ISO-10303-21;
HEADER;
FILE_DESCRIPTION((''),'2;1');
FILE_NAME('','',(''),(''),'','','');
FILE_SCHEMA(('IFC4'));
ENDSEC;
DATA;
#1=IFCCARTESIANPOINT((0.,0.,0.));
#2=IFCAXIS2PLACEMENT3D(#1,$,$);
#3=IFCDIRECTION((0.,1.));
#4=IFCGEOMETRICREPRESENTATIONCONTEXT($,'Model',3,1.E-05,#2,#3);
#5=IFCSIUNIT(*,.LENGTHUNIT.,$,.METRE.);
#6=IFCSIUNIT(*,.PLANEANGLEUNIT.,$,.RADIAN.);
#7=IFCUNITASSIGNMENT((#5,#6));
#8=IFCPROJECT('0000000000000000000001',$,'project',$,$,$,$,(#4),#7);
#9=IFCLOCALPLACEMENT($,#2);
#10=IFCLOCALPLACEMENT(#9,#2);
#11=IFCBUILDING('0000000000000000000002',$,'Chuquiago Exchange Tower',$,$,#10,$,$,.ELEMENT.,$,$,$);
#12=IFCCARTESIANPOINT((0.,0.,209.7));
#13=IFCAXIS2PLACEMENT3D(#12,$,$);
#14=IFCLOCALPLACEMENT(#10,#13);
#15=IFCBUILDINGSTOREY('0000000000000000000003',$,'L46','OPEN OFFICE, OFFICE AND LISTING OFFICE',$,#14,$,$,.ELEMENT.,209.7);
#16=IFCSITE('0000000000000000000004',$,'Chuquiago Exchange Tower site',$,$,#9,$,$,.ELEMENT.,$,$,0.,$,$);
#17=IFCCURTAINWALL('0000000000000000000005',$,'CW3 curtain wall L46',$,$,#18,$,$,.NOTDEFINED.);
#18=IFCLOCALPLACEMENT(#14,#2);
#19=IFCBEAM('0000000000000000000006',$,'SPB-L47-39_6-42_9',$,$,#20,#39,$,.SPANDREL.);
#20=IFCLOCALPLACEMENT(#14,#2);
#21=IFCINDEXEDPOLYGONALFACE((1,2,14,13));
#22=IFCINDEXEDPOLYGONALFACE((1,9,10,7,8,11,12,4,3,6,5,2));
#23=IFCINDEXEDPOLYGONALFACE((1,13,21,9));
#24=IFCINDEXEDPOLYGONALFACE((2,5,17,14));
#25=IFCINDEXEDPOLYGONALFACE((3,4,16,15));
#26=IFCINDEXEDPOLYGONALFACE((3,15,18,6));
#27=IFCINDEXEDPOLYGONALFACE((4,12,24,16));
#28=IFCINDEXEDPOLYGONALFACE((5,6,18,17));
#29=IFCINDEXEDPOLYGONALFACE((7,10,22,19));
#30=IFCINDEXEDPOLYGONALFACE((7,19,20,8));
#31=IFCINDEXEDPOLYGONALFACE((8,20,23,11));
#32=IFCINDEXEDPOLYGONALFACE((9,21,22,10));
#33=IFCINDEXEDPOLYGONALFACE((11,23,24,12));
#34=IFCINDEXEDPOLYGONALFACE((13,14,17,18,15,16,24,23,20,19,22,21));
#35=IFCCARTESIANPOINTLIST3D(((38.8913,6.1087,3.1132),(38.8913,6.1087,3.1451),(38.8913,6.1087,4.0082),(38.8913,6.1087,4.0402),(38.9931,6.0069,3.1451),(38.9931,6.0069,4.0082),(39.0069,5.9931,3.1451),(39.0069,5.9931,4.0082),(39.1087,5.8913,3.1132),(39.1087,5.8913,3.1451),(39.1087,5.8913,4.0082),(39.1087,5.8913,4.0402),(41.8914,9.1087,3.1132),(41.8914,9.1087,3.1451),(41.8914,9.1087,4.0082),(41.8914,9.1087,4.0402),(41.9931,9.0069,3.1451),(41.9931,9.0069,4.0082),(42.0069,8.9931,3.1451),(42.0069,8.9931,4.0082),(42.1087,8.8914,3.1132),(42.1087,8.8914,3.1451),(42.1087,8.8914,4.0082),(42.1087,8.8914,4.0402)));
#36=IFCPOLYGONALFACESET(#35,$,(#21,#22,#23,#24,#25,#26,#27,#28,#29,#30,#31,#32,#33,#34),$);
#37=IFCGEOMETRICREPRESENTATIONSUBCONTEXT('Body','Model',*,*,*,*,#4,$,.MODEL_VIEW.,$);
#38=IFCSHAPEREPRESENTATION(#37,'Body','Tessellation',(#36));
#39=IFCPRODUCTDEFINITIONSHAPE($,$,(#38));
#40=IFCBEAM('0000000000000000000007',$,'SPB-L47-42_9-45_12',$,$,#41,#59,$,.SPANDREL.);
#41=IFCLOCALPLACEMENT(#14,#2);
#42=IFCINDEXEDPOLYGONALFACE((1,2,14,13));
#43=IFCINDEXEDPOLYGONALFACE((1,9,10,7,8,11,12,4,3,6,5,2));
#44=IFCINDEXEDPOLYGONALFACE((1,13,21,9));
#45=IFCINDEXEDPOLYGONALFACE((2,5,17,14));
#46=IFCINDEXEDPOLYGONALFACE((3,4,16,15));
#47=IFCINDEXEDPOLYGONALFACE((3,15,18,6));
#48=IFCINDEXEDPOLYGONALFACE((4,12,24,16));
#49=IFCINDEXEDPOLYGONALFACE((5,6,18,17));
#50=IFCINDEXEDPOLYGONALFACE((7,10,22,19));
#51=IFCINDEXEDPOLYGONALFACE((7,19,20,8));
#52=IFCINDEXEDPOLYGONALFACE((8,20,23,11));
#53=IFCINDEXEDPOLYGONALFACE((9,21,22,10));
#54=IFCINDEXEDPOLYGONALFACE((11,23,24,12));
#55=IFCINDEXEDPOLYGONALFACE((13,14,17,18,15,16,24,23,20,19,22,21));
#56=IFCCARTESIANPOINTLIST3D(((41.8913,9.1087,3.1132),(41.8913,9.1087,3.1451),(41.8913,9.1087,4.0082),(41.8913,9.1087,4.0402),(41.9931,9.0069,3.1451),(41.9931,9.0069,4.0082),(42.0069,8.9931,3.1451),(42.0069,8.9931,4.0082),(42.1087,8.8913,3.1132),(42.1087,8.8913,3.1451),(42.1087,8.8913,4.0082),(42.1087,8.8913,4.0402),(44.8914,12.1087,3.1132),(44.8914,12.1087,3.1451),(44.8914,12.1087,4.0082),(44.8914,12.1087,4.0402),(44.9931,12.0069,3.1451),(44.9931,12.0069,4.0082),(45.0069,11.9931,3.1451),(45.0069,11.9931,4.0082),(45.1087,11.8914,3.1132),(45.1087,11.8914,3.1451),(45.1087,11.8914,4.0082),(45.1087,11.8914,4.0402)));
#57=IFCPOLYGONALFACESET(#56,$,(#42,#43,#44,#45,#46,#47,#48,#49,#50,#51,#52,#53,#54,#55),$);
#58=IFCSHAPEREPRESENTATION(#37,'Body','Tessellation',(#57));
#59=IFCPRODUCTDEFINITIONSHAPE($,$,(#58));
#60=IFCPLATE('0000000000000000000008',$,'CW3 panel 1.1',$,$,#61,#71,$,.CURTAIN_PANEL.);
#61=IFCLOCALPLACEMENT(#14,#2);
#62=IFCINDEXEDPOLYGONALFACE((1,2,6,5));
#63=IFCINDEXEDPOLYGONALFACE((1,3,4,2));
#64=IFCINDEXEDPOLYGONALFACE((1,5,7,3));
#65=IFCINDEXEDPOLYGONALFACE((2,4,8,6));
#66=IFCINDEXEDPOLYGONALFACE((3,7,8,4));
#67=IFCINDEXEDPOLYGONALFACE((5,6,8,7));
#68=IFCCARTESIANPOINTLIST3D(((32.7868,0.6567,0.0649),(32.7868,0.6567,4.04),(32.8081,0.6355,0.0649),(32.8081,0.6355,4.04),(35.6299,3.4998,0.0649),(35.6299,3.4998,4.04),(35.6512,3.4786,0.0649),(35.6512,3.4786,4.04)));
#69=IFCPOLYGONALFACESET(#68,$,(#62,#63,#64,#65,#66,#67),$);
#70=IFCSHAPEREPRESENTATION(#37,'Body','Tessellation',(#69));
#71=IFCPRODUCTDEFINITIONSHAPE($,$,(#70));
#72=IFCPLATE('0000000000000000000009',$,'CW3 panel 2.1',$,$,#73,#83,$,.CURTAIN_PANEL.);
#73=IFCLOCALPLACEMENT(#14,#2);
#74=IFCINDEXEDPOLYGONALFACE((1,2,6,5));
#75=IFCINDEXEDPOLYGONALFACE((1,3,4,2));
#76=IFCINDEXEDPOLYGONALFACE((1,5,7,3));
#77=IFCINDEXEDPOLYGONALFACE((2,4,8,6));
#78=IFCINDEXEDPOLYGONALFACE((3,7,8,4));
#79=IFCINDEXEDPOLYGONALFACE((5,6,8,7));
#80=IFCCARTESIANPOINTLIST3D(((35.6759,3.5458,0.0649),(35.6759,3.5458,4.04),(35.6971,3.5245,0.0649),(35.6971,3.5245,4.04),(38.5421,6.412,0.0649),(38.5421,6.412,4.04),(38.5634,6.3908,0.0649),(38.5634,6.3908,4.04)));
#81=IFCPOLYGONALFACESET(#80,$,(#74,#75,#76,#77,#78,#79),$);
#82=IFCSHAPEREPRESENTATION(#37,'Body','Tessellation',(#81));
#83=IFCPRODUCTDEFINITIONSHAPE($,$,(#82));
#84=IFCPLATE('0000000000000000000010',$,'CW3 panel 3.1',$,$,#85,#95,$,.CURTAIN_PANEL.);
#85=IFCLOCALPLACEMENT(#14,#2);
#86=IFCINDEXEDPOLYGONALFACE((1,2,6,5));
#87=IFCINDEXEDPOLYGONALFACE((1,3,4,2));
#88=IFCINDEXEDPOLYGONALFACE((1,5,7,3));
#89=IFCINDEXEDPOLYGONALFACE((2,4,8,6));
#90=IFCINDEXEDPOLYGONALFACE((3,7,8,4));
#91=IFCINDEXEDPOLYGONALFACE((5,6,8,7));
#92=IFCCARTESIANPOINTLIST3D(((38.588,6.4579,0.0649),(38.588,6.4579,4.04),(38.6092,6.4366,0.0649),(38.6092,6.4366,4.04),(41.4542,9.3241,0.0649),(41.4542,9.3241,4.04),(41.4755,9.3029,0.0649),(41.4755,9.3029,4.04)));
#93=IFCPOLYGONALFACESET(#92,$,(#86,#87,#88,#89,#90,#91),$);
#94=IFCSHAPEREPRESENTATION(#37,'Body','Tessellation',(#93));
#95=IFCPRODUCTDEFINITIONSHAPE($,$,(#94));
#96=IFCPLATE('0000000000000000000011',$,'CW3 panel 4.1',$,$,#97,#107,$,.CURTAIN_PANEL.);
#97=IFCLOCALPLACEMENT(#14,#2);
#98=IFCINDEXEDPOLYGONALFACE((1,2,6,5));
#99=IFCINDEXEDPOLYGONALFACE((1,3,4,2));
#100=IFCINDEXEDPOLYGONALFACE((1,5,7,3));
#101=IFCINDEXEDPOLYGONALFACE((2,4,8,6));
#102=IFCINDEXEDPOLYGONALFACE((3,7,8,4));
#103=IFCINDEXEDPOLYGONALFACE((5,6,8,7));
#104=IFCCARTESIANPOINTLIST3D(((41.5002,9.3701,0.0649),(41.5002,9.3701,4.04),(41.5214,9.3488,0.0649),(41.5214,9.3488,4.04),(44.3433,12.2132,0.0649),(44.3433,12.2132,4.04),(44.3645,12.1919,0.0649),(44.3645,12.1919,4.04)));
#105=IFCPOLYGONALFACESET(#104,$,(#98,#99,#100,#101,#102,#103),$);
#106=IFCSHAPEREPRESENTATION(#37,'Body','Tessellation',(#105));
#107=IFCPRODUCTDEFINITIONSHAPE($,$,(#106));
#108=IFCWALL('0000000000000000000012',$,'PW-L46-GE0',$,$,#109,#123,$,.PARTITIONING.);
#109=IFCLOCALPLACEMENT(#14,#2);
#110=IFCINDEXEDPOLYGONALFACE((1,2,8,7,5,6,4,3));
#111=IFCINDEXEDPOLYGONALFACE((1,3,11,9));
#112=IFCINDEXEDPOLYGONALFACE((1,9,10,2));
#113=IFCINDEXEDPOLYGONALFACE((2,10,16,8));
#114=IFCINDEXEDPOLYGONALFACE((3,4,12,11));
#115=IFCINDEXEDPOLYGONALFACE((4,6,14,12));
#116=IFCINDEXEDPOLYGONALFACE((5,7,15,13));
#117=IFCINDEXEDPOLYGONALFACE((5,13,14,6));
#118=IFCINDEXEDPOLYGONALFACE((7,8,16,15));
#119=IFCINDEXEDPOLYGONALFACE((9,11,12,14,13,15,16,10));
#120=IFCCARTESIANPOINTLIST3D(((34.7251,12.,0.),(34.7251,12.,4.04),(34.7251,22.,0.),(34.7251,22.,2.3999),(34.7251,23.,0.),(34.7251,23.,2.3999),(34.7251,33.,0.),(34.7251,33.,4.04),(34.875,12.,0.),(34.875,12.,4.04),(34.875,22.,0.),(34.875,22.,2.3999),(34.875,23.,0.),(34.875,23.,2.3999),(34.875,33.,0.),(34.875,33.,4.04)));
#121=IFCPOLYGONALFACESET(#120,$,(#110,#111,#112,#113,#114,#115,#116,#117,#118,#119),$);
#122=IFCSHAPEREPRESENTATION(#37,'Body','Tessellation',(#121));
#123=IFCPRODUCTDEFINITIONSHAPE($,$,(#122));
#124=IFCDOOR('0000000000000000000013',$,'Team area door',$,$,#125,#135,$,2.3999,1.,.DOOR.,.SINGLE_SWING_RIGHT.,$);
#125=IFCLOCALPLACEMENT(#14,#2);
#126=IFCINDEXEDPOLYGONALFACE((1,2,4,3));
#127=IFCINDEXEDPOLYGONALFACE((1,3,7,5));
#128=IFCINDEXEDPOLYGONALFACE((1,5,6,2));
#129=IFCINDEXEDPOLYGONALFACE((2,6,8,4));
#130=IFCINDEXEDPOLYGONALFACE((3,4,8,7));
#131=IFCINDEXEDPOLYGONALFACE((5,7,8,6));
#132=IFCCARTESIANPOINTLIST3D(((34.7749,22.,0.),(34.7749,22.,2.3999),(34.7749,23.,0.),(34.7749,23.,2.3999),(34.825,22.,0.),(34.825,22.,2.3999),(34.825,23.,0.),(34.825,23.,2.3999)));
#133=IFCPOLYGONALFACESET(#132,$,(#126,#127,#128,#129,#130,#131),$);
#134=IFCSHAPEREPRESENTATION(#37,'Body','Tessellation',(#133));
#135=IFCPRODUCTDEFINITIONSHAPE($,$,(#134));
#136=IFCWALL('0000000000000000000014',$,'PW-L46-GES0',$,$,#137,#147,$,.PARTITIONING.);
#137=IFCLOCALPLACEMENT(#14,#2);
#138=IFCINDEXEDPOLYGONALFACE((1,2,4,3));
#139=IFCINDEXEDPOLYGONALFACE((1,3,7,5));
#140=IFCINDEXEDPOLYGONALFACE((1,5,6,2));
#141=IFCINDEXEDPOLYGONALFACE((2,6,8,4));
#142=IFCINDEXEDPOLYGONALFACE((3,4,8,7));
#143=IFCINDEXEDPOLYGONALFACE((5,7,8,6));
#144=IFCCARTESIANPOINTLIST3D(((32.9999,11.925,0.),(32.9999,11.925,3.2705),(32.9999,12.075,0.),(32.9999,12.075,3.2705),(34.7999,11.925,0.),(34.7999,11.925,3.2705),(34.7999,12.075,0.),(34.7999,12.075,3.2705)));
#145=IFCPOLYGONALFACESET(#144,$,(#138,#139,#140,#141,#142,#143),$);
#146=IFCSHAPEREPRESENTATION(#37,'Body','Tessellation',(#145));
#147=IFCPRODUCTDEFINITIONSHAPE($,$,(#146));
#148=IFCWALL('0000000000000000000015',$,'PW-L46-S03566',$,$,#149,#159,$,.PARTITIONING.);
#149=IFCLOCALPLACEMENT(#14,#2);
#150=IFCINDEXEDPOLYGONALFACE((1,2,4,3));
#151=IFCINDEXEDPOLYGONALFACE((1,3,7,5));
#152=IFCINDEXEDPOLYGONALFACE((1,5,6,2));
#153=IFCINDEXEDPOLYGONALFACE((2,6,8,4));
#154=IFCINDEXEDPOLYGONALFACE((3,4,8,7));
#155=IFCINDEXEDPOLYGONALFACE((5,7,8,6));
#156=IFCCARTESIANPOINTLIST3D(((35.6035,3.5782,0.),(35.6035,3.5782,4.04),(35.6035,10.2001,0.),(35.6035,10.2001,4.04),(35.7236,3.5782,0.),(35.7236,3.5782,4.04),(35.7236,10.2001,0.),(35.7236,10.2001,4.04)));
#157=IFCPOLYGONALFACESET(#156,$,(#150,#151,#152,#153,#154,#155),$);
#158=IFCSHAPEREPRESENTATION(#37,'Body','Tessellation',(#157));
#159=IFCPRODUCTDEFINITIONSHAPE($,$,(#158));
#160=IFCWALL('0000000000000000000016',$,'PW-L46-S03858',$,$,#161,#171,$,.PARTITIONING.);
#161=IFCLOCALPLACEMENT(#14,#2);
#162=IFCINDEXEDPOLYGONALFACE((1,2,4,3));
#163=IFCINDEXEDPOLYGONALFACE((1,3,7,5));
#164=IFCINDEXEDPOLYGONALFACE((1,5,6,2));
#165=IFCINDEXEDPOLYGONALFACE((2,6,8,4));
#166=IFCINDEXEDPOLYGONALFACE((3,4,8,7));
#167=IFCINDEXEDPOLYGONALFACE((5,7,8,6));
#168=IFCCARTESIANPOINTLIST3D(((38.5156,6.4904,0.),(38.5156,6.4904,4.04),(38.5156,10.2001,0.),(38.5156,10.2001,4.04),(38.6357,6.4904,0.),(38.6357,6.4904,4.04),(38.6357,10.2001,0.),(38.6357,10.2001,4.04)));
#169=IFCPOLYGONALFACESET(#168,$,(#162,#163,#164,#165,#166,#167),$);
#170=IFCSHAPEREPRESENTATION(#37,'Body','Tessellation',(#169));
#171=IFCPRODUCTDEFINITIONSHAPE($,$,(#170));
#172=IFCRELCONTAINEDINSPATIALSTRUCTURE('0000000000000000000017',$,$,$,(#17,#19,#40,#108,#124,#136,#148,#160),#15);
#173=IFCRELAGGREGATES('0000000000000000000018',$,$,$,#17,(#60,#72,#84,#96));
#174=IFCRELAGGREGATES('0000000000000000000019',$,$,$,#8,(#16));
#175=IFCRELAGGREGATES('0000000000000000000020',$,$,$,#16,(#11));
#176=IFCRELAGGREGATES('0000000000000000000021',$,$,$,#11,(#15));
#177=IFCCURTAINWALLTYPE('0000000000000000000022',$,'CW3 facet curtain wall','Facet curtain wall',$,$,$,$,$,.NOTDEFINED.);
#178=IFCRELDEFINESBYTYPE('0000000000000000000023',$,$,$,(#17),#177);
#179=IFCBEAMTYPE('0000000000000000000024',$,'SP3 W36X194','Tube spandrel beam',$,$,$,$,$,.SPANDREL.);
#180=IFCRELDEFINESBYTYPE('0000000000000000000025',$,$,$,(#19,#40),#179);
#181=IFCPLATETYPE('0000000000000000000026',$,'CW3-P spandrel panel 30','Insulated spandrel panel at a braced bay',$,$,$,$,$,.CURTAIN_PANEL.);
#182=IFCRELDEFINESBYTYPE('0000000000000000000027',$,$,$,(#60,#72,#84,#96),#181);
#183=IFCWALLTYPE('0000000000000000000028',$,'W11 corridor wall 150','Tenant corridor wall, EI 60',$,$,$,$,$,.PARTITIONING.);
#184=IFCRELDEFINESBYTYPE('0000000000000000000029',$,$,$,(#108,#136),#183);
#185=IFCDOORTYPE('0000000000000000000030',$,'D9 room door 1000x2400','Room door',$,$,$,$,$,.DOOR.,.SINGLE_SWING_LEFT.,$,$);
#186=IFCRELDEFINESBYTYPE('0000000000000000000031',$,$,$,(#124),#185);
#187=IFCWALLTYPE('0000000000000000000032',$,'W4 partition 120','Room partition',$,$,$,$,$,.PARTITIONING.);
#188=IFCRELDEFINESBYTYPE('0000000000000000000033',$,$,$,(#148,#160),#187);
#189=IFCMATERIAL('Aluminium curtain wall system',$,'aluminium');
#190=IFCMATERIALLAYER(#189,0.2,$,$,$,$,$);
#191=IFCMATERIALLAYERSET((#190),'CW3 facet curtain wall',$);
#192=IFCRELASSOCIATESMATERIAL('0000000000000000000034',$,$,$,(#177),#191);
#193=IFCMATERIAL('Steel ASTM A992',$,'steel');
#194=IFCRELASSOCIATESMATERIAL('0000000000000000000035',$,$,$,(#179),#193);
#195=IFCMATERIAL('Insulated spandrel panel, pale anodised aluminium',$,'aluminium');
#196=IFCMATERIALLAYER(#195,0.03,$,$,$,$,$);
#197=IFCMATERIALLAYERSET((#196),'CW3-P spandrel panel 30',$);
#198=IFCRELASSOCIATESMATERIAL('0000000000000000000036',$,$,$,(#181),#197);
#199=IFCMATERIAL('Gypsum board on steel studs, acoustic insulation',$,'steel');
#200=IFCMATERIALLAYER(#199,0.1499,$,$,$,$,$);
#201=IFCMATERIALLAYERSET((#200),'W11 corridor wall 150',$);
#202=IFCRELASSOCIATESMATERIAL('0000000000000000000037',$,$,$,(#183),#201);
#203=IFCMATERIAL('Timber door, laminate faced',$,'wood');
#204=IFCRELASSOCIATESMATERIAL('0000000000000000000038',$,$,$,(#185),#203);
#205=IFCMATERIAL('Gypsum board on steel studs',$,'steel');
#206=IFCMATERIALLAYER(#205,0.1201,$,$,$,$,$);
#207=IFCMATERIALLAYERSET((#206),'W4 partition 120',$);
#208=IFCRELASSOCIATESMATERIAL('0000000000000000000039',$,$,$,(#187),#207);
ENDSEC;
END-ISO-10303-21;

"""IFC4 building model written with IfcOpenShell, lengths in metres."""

from ifc_helpers import new_model, si_unit, direction, frame, frame_2d, origin, origin_2d, place, context, subcontext, project, spatial, rectangle, i_section, extrude, material, layer, layer_set, material_profile, profile_set, type_object, element, fill, aggregate, save


model = new_model("IFC4")

# Units and contexts
model_context = context("Model", 3, precision=1e-05, world=origin(), true_north=direction((0.0, 1.0)))
body_context = subcontext(model_context, "Body", "Model", "MODEL_VIEW")
ifc_project = project(units=[si_unit("LENGTHUNIT", "METRE"), si_unit("PLANEANGLEUNIT", "RADIAN")], contexts=[model_context])

# Site, building, storey
site_placement = place(None, origin())
site = spatial("IfcSite", under=ifc_project, at=site_placement, Name="Chuquiago Exchange Tower site", CompositionType="ELEMENT", RefElevation=0.0)
building_placement = place(site_placement, origin())
building = spatial("IfcBuilding", under=site, at=building_placement, Name="Chuquiago Exchange Tower", CompositionType="ELEMENT")
storey_placement = place(building_placement, frame((0.0, 0.0, 209.7)))
storey = spatial("IfcBuildingStorey", under=building, at=storey_placement, Name="L46", Description="OPEN OFFICE, OFFICE AND LISTING OFFICE", CompositionType="ELEMENT", Elevation=209.7)

# Curtain wall
ifc_material_1 = material(Name="Aluminium curtain wall system", Category="aluminium")
ifc_layer_1 = layer(ifc_material_1, 0.2)
ifc_layer_set_1 = layer_set([ifc_layer_1], Name="CW3 facet curtain wall")
curtain_wall_type = type_object("IfcCurtainWallType", Name="CW3 facet curtain wall", Description="Facet curtain wall", PredefinedType="NOTDEFINED", material=ifc_layer_set_1)
curtain_wall_placement = place(storey_placement, origin())
curtain_wall = element("IfcCurtainWall", 1, at=curtain_wall_placement, inside=storey, type_object=curtain_wall_type, Name="CW3 curtain wall L46", PredefinedType="NOTDEFINED")

# Beams
ifc_material_2 = material(Name="Steel ASTM A992", Category="steel")
ifc_material_profile_1 = material_profile(ifc_material_2, i_section(OverallWidth=0.3074, OverallDepth=0.927, WebThickness=0.0195, FlangeThickness=0.032, at=origin_2d()), Name="W36X194")
ifc_profile_set_1 = profile_set([ifc_material_profile_1], Name="Steel ASTM A992")
beam_type_1 = type_object("IfcBeamType", Name="SP3 W36X194", Description="Tube spandrel beam", PredefinedType="SPANDREL", material=ifc_profile_set_1)
for number, where, z_axis, x_axis, name in (
    (2, (39.0, 6.0, 3.5767), (0.707107, 0.707107, 0.0), (-0.707107, 0.707107, 0.0), "SPB-L47-39_6-42_9"),
    (3, (42.0, 9.0, 3.5767), (0.707107, 0.707107, 0.0), (-0.707107, 0.707107, 0.0), "SPB-L47-42_9-45_12"),
):
    element("IfcBeam", number, at=place(storey_placement, frame(where, z_axis=z_axis, x_axis=x_axis)), inside=storey, type_object=beam_type_1, Name=name, PredefinedType="SPANDREL", context=body_context, shape_type="SweptSolid", body=[
        extrude(i_section(OverallWidth=0.3074, OverallDepth=0.927, WebThickness=0.0195, FlangeThickness=0.032, at=origin_2d()), origin(), (0.0, 0.0, 1.0), 4.2427),
    ])

# Plates
ifc_material_3 = material(Name="Insulated spandrel panel, pale anodised aluminium", Category="aluminium")
ifc_layer_2 = layer(ifc_material_3, 0.03)
ifc_layer_set_2 = layer_set([ifc_layer_2], Name="CW3-P spandrel panel 30")
plate_type = type_object("IfcPlateType", Name="CW3-P spandrel panel 30", Description="Insulated spandrel panel at a braced bay", PredefinedType="CURTAIN_PANEL", material=ifc_layer_set_2)
plate_1_placement = place(storey_placement, frame((34.219, 2.0676, 0.0649), z_axis=(0.0, 0.0, 1.0), x_axis=(0.707107, 0.707107, 0.0)))
plate_1 = element("IfcPlate", 4, at=plate_1_placement, type_object=plate_type, Name="CW3 panel 1.1", PredefinedType="CURTAIN_PANEL", context=body_context, shape_type="SweptSolid", body=[
    extrude(rectangle(XDim=4.0208, YDim=0.03, at=origin_2d()), origin(), (0.0, 0.0, 1.0), 3.9751),
])
plate_2_placement = place(storey_placement, frame((37.1196, 4.9683, 0.0649), z_axis=(0.0, 0.0, 1.0), x_axis=(0.707107, 0.707107, 0.0)))
plate_2 = element("IfcPlate", 5, at=plate_2_placement, type_object=plate_type, Name="CW3 panel 2.1", PredefinedType="CURTAIN_PANEL", context=body_context, shape_type="SweptSolid", body=[
    extrude(rectangle(XDim=4.0535, YDim=0.03, at=origin_2d()), origin(), (0.0, 0.0, 1.0), 3.9751),
])
plate_3_placement = place(storey_placement, frame((40.0317, 7.8804, 0.0649), z_axis=(0.0, 0.0, 1.0), x_axis=(0.707107, 0.707107, 0.0)))
plate_3 = element("IfcPlate", 6, at=plate_3_placement, type_object=plate_type, Name="CW3 panel 3.1", PredefinedType="CURTAIN_PANEL", context=body_context, shape_type="SweptSolid", body=[
    extrude(rectangle(XDim=4.0535, YDim=0.03, at=origin_2d()), origin(), (0.0, 0.0, 1.0), 3.9751),
])
plate_4_placement = place(storey_placement, frame((42.9324, 10.781, 0.0649), z_axis=(0.0, 0.0, 1.0), x_axis=(0.707107, 0.707107, 0.0)))
plate_4 = element("IfcPlate", 7, at=plate_4_placement, type_object=plate_type, Name="CW3 panel 4.1", PredefinedType="CURTAIN_PANEL", context=body_context, shape_type="SweptSolid", body=[
    extrude(rectangle(XDim=4.0208, YDim=0.03, at=origin_2d()), origin(), (0.0, 0.0, 1.0), 3.9751),
])
aggregate(curtain_wall, [plate_1, plate_2, plate_3, plate_4])

# Wall, opening, door
ifc_material_4 = material(Name="Gypsum board on steel studs, acoustic insulation", Category="steel")
ifc_layer_3 = layer(ifc_material_4, 0.1499)
ifc_layer_set_3 = layer_set([ifc_layer_3], Name="W11 corridor wall 150")
wall_type_1 = type_object("IfcWallType", Name="W11 corridor wall 150", Description="Tenant corridor wall, EI 60", PredefinedType="PARTITIONING", material=ifc_layer_set_3)
wall_1_placement = place(storey_placement, frame((34.8, 12.0, 0.0), z_axis=(0.0, 0.0, 1.0), x_axis=(0.0, 1.0, 0.0)))
wall_1 = element("IfcWall", 8, at=wall_1_placement, inside=storey, type_object=wall_type_1, Name="PW-L46-GE0", PredefinedType="PARTITIONING", context=body_context, shape_type="SweptSolid", body=[
    extrude(rectangle(XDim=21.0, YDim=0.1499, at=frame_2d((10.5, 0.0))), origin(), (0.0, 0.0, 1.0), 4.04),
])
opening_1_placement = place(wall_1_placement, frame((10.0, 0.0, 0.0)))
opening_1 = element("IfcOpeningElement", 9, at=opening_1_placement, cuts=wall_1, PredefinedType="OPENING", context=body_context, shape_type="SweptSolid", body=[
    extrude(rectangle(XDim=1.0, YDim=2.3999, at=frame_2d((0.5, 1.2))), frame((0.0, 0.085, 0.0), z_axis=(0.0, -1.0, 0.0), x_axis=(1.0, 0.0, 0.0)), (0.0, 0.0, 1.0), 0.1699),
])
ifc_material_5 = material(Name="Timber door, laminate faced", Category="wood")
door_type = type_object("IfcDoorType", Name="D9 room door 1000x2400", Description="Room door", OperationType="SINGLE_SWING_LEFT", PredefinedType="DOOR", material=ifc_material_5)
door_1_placement = place(opening_1_placement, frame((1.0, 0.0, 0.0), z_axis=(0.0, 0.0, 1.0), x_axis=(-1.0, 0.0, 0.0)))
door_1 = element("IfcDoor", 10, at=door_1_placement, inside=storey, type_object=door_type, Name="Team area door", OperationType="SINGLE_SWING_RIGHT", OverallHeight=2.3999, OverallWidth=1.0, PredefinedType="DOOR", context=body_context, shape_type="SweptSolid", body=[
    extrude(rectangle(XDim=1.0, YDim=2.3999, at=frame_2d((0.5, 1.2))), frame((0.0, 0.0249, 0.0), z_axis=(0.0, -1.0, 0.0), x_axis=(1.0, 0.0, 0.0)), (0.0, 0.0, 1.0), 0.05),
])
fill(opening_1, door_1)

# Walls
wall_2_placement = place(storey_placement, frame((33.0, 12.0, 0.0), z_axis=(0.0, 0.0, 1.0), x_axis=(1.0, 0.0, 0.0)))
element("IfcWall", 11, at=wall_2_placement, inside=storey, type_object=wall_type_1, Name="PW-L46-GES0", PredefinedType="PARTITIONING", context=body_context, shape_type="SweptSolid", body=[
    extrude(rectangle(XDim=1.8, YDim=0.1499, at=frame_2d((0.8999, 0.0))), origin(), (0.0, 0.0, 1.0), 3.2705),
])
ifc_material_6 = material(Name="Gypsum board on steel studs", Category="steel")
ifc_layer_4 = layer(ifc_material_6, 0.1201)
ifc_layer_set_4 = layer_set([ifc_layer_4], Name="W4 partition 120")
wall_type_2 = type_object("IfcWallType", Name="W4 partition 120", Description="Room partition", PredefinedType="PARTITIONING", material=ifc_layer_set_4)
wall_3_placement = place(storey_placement, frame((35.6636, 3.5781, 0.0), z_axis=(0.0, 0.0, 1.0), x_axis=(0.0, 1.0, 0.0)))
element("IfcWall", 12, at=wall_3_placement, inside=storey, type_object=wall_type_2, Name="PW-L46-S03566", PredefinedType="PARTITIONING", context=body_context, shape_type="SweptSolid", body=[
    extrude(rectangle(XDim=6.6218, YDim=0.1201, at=frame_2d((3.311, 0.0))), origin(), (0.0, 0.0, 1.0), 4.04),
])
wall_4_placement = place(storey_placement, frame((38.5757, 6.4902, 0.0), z_axis=(0.0, 0.0, 1.0), x_axis=(0.0, 1.0, 0.0)))
element("IfcWall", 13, at=wall_4_placement, inside=storey, type_object=wall_type_2, Name="PW-L46-S03858", PredefinedType="PARTITIONING", context=body_context, shape_type="SweptSolid", body=[
    extrude(rectangle(XDim=3.7097, YDim=0.1201, at=frame_2d((1.855, 0.0))), origin(), (0.0, 0.0, 1.0), 4.04),
])

save(model, "model.ifc")
